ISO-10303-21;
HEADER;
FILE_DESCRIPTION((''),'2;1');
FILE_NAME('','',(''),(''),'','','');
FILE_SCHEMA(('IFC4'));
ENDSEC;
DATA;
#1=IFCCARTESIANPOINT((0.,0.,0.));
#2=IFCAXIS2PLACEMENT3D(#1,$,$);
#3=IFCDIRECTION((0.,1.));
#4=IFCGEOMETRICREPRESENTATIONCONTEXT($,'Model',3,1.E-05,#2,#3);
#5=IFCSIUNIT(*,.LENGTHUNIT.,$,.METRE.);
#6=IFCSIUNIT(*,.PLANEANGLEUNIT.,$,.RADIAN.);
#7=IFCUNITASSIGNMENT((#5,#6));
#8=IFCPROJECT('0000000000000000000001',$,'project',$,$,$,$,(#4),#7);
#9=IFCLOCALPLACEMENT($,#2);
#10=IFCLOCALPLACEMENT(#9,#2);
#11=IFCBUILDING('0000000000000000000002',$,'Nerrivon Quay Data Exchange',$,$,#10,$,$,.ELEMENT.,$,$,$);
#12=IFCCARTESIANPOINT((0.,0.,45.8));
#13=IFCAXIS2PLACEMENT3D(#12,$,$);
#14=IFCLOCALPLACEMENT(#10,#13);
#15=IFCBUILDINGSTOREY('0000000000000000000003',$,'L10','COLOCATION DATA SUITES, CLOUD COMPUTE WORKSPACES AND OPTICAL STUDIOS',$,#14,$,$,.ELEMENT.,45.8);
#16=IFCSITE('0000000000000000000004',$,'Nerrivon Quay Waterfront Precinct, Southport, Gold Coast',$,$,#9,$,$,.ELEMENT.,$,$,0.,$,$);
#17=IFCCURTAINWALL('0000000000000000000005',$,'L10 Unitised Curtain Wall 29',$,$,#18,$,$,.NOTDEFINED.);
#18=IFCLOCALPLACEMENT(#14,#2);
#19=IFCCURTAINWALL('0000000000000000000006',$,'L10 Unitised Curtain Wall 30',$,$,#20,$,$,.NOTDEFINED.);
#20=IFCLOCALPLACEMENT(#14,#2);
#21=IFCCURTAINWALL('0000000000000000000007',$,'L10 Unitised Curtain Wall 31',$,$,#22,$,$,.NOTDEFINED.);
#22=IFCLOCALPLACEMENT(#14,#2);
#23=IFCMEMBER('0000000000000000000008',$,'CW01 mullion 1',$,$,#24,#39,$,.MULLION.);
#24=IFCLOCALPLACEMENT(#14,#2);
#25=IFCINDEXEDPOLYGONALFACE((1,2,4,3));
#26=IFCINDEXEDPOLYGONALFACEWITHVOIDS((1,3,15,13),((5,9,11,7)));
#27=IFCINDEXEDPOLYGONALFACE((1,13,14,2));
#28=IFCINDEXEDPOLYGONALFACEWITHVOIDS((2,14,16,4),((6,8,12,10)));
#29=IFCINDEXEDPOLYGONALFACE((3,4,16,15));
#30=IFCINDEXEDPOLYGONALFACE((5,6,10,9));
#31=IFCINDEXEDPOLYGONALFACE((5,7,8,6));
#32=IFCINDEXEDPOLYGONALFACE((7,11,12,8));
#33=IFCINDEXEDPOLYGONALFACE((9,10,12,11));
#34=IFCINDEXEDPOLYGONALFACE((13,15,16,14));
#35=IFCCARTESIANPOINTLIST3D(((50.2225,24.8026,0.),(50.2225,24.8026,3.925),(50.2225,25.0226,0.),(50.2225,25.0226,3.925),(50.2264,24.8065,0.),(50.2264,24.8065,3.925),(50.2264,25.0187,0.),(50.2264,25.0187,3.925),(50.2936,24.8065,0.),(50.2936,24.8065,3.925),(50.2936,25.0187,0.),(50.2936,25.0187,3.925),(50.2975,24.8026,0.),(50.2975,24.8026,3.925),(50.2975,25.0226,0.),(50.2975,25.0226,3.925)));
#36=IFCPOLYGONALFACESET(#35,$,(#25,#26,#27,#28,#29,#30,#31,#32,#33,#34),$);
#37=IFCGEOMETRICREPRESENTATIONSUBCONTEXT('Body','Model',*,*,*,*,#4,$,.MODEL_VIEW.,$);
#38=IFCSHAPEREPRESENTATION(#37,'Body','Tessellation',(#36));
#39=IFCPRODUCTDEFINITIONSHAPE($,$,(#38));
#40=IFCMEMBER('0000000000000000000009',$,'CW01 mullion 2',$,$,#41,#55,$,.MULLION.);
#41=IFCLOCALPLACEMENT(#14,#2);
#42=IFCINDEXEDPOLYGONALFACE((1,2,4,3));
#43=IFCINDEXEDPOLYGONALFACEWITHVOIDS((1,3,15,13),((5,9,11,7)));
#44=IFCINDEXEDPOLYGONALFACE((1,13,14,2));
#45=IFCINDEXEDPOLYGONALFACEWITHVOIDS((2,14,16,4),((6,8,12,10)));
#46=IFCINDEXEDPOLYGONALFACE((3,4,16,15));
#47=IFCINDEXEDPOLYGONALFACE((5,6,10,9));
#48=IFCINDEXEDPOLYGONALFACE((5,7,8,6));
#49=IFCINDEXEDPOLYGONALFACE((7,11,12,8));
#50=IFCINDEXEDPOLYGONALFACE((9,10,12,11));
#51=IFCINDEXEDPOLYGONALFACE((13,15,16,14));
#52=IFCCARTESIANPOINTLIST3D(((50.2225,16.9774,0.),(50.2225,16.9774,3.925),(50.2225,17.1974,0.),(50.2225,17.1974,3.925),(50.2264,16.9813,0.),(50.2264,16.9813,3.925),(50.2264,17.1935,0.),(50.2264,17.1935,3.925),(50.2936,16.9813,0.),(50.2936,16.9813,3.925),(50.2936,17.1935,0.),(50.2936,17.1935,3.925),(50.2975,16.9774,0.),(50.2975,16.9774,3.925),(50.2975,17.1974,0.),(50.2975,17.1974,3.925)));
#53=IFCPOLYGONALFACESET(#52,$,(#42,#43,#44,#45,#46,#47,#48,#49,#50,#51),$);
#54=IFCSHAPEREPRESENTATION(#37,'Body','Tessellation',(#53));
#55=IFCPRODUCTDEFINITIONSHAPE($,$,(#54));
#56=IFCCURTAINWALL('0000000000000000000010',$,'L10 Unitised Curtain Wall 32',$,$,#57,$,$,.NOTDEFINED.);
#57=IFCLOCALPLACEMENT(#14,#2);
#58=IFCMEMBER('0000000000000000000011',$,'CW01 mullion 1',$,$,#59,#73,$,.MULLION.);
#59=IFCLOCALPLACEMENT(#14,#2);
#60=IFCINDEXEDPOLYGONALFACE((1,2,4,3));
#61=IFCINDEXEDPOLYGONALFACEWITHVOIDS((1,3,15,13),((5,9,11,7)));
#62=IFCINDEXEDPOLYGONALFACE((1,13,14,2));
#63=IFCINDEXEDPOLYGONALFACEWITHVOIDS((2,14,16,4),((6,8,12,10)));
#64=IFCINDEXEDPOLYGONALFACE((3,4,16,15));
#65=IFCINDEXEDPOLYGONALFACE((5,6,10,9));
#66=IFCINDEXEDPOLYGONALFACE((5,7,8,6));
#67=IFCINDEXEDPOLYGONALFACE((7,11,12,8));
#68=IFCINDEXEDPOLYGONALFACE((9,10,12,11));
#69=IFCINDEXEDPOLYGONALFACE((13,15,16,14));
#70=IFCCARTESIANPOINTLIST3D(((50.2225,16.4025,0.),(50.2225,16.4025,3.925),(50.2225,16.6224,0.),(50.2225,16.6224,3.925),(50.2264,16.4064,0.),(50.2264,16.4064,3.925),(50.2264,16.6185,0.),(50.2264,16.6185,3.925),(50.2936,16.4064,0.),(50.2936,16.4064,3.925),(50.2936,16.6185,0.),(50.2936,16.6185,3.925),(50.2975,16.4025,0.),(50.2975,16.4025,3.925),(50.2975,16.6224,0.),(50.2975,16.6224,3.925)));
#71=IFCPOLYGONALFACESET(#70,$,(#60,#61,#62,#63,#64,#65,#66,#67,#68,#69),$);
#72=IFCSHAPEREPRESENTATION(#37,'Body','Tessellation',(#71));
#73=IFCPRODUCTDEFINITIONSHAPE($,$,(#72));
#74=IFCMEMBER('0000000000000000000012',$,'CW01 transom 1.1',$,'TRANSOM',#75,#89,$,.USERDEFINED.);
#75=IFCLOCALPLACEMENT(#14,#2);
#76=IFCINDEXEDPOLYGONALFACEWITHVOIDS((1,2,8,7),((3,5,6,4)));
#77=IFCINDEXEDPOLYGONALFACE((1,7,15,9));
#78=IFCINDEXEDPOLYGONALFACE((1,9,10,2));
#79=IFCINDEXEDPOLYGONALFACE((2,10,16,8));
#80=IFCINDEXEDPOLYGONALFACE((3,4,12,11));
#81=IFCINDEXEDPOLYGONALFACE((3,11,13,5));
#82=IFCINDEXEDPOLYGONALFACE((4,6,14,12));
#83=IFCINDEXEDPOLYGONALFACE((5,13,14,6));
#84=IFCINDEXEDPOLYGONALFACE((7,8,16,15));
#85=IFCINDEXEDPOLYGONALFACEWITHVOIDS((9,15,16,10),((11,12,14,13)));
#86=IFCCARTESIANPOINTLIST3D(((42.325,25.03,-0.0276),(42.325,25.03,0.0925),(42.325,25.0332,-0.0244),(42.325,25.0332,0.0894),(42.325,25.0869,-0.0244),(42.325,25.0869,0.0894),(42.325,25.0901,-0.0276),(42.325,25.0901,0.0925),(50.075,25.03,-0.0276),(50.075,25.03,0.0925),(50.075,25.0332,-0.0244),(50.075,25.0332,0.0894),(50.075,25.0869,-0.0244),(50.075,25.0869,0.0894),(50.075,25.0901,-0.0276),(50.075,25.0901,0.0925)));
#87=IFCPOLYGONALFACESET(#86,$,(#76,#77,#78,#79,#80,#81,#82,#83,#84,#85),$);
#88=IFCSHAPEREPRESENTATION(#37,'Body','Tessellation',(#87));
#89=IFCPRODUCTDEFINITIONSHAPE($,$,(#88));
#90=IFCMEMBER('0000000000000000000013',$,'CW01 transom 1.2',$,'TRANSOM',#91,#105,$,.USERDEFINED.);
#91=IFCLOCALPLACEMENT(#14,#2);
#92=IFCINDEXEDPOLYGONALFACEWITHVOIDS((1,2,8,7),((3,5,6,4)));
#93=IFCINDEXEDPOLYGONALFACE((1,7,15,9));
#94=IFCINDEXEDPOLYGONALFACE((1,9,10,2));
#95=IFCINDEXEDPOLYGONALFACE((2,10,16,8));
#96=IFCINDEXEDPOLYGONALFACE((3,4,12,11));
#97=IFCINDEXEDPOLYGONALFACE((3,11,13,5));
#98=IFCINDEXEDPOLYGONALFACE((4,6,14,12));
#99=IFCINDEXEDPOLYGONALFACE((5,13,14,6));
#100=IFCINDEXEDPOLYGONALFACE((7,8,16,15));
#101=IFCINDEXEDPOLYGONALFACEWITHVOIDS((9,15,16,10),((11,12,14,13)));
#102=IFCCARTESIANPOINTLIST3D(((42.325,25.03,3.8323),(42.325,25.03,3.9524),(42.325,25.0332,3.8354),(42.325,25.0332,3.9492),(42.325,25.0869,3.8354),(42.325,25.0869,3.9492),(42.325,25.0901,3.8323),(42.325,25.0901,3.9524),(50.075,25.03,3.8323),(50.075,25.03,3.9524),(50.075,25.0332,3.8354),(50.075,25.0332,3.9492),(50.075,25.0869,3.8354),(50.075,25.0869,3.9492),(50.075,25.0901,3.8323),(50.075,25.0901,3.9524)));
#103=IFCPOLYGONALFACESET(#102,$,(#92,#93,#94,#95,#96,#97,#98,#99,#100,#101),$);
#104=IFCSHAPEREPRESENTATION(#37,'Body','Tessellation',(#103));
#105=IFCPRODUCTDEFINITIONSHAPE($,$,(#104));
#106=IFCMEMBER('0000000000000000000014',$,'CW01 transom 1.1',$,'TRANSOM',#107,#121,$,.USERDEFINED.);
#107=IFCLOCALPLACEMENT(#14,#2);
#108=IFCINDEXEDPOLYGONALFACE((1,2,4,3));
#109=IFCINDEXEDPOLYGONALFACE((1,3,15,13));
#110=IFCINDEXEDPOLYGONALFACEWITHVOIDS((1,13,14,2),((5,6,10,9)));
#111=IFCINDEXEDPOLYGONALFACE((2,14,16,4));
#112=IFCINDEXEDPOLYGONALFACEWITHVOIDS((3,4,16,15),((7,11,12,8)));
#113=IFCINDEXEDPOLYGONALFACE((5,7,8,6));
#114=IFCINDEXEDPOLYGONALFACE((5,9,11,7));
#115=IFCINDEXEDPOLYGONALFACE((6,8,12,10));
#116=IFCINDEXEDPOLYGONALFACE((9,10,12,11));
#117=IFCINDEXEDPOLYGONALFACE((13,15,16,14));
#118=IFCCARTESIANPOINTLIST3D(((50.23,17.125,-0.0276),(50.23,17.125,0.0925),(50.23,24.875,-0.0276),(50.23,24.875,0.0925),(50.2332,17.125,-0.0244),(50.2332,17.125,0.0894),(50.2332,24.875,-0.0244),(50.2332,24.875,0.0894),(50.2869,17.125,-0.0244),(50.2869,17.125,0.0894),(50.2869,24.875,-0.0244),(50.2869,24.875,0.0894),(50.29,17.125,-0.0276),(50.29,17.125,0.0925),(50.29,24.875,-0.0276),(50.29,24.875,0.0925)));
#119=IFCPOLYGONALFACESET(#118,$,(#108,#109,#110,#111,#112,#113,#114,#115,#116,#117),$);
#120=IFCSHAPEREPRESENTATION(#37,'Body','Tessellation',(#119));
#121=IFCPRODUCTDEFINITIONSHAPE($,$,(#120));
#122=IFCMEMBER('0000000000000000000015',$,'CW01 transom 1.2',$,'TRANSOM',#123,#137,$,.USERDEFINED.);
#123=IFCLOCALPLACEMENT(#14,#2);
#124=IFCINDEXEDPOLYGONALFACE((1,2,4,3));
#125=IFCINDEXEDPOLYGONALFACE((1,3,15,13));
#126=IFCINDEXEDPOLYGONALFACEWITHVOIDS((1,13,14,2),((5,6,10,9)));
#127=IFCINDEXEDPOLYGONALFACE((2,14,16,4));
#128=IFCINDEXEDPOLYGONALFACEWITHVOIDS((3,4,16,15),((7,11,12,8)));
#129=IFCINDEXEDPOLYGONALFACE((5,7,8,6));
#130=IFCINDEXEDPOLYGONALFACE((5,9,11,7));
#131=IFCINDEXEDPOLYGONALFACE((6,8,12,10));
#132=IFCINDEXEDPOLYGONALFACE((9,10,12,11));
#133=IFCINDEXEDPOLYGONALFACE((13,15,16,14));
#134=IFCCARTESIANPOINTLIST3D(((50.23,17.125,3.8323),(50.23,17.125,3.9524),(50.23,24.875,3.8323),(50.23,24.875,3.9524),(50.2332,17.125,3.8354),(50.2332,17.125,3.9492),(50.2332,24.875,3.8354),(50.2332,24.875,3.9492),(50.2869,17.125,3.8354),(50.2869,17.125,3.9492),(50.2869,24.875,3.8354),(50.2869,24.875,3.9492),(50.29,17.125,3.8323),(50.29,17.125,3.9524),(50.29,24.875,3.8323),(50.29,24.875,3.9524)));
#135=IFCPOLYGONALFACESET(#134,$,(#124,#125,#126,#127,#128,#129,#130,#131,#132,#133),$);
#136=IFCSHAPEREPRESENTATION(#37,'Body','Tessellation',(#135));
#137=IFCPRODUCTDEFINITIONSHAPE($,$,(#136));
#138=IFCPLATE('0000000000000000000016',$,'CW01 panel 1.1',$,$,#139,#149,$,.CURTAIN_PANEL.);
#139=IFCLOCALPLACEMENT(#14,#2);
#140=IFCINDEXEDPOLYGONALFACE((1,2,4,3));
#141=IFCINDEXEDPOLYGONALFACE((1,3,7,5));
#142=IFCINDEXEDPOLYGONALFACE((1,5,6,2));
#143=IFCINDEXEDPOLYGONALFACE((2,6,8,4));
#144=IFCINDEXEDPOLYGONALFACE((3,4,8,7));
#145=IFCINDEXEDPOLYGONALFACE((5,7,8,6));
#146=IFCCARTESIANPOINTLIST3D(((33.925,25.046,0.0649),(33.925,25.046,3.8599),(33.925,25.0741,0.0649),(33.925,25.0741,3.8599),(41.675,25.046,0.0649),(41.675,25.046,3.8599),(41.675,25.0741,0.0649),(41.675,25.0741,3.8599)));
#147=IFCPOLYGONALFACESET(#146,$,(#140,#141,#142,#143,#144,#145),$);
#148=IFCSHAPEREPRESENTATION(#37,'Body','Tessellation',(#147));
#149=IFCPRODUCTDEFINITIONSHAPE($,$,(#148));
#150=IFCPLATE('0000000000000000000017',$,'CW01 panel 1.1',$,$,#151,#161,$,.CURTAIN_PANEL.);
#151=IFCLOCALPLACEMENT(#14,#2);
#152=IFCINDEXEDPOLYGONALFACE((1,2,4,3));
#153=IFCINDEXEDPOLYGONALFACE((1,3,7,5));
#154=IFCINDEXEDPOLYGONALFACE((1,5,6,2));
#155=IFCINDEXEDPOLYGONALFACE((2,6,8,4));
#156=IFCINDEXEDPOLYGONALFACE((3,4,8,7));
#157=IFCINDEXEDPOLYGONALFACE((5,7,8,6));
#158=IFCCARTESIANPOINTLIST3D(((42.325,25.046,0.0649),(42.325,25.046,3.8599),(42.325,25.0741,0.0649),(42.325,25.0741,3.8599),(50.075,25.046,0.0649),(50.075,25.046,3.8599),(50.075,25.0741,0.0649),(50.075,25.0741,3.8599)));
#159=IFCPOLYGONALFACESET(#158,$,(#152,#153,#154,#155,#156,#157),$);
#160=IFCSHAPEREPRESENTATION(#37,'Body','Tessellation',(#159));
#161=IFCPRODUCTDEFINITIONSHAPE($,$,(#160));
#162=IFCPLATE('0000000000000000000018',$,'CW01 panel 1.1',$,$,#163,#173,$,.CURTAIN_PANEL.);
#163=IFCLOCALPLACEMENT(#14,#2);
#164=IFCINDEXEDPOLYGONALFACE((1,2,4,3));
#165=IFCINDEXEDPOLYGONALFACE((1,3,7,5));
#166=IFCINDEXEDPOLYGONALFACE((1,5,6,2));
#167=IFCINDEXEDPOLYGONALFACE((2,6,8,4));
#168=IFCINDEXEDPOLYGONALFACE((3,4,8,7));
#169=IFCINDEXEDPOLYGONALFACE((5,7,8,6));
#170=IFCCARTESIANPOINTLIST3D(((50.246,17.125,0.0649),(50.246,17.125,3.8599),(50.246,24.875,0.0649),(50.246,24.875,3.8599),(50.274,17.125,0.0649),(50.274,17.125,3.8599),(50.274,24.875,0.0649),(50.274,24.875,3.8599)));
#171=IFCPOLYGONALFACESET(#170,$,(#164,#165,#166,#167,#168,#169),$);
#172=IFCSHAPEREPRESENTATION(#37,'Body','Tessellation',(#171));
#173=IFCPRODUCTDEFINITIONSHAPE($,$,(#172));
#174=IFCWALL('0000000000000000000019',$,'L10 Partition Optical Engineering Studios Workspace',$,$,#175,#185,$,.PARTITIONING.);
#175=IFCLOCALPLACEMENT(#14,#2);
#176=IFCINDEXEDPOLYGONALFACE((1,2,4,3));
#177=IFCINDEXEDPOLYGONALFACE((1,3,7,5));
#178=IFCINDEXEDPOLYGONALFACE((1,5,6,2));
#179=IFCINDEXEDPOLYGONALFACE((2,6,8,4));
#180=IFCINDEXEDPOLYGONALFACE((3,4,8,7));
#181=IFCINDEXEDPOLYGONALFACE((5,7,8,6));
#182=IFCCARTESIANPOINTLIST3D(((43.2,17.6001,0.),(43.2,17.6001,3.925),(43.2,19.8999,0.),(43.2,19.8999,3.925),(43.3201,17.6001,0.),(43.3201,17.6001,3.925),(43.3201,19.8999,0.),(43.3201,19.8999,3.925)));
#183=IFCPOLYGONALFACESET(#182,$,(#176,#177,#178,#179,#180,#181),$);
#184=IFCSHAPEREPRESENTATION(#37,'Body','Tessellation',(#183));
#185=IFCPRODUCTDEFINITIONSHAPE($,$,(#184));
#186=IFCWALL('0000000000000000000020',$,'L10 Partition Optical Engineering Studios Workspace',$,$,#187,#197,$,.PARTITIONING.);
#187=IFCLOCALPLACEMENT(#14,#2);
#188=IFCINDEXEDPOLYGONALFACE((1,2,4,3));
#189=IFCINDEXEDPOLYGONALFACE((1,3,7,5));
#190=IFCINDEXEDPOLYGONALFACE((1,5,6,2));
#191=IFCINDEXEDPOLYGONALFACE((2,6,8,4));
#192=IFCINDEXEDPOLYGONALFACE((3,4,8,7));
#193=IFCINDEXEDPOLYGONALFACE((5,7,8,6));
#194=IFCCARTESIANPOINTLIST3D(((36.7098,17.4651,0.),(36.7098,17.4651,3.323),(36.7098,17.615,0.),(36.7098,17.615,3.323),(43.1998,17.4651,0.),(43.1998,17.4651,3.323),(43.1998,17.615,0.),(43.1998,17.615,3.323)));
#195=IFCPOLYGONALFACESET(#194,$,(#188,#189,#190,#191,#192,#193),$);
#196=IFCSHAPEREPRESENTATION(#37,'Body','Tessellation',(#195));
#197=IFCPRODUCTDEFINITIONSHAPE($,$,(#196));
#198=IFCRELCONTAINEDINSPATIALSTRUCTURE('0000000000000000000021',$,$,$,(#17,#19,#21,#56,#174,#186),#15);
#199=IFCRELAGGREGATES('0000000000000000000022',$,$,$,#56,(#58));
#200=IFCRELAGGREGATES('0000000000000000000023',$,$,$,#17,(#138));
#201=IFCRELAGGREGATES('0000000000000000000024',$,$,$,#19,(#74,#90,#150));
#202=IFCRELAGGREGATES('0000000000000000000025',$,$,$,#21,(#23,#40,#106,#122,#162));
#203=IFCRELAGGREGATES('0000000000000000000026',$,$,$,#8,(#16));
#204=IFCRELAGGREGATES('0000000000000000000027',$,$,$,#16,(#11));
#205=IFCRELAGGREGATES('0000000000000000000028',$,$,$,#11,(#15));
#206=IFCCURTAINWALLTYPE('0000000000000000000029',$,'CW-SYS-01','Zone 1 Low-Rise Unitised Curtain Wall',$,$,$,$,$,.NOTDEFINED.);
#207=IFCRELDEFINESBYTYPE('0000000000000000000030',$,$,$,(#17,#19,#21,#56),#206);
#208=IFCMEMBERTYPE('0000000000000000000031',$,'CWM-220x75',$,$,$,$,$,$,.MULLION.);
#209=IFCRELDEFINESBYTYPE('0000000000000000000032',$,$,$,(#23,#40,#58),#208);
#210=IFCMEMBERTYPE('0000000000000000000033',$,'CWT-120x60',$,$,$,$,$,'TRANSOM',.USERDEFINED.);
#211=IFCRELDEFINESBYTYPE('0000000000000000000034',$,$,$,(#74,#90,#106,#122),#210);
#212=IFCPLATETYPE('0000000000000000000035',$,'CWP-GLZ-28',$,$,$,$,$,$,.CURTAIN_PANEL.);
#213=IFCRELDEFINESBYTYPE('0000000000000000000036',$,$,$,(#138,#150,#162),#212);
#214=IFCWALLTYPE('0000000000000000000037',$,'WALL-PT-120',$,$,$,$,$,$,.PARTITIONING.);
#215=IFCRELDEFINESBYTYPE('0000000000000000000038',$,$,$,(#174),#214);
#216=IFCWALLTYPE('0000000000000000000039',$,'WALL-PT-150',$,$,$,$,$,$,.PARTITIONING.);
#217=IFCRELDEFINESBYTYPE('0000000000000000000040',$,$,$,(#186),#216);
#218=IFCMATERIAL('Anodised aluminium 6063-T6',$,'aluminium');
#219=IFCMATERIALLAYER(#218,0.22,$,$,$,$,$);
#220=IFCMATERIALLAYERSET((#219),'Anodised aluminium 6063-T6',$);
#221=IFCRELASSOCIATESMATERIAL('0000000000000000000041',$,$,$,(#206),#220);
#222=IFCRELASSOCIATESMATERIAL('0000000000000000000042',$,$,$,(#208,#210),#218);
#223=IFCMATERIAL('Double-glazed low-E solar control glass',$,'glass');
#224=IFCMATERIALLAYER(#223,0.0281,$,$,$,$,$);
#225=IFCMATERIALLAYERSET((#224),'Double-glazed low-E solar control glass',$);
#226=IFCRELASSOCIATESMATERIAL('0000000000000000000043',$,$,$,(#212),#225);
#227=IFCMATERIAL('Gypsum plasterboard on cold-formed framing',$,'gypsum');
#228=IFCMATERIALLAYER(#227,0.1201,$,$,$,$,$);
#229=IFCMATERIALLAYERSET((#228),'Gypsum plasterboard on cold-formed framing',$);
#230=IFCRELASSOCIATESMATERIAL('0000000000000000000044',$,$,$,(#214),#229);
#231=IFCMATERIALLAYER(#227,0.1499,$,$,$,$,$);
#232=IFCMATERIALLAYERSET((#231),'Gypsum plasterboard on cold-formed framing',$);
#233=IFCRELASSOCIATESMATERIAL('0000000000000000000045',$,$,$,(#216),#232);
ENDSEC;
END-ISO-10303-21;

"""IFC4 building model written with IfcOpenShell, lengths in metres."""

from ifc_helpers import new_model, si_unit, direction, frame, frame_2d, origin, origin_2d, place, context, subcontext, project, spatial, rectangle, hollow_rectangle, extrude, material, layer, layer_set, material_profile, profile_set, type_object, element, aggregate, save


model = new_model("IFC4")

# Units and contexts
model_context = context("Model", 3, precision=1e-05, world=origin(), true_north=direction((0.0, 1.0)))
body_context = subcontext(model_context, "Body", "Model", "MODEL_VIEW")
ifc_project = project(units=[si_unit("LENGTHUNIT", "METRE"), si_unit("PLANEANGLEUNIT", "RADIAN")], contexts=[model_context])

# Site, building, storey
site_placement = place(None, origin())
site = spatial("IfcSite", under=ifc_project, at=site_placement, Name="Nerrivon Quay Waterfront Precinct, Southport, Gold Coast", CompositionType="ELEMENT", RefElevation=0.0)
building_placement = place(site_placement, origin())
building = spatial("IfcBuilding", under=site, at=building_placement, Name="Nerrivon Quay Data Exchange", CompositionType="ELEMENT")
storey_placement = place(building_placement, frame((0.0, 0.0, 45.8)))
storey = spatial("IfcBuildingStorey", under=building, at=storey_placement, Name="L10", Description="COLOCATION DATA SUITES, CLOUD COMPUTE WORKSPACES AND OPTICAL STUDIOS", CompositionType="ELEMENT", Elevation=45.8)

# Curtain wall
ifc_material_1 = material(Name="Anodised aluminium 6063-T6", Category="aluminium")
ifc_layer_1 = layer(ifc_material_1, 0.22)
ifc_layer_set_1 = layer_set([ifc_layer_1], Name="Anodised aluminium 6063-T6")
curtain_wall_type = type_object("IfcCurtainWallType", Name="CW-SYS-01", Description="Zone 1 Low-Rise Unitised Curtain Wall", PredefinedType="NOTDEFINED", material=ifc_layer_set_1)
curtain_wall_1_placement = place(storey_placement, origin())
curtain_wall_1 = element("IfcCurtainWall", 1, at=curtain_wall_1_placement, inside=storey, type_object=curtain_wall_type, Name="L10 Unitised Curtain Wall 29", PredefinedType="NOTDEFINED")
ifc_material_profile_1 = material_profile(ifc_material_1, hollow_rectangle(XDim=0.075, YDim=0.22, WallThickness=0.0039, at=origin_2d()), Name="ALU-MULL-220x75")
ifc_profile_set_1 = profile_set([ifc_material_profile_1], Name="Anodised aluminium 6063-T6")
member_type_1 = type_object("IfcMemberType", Name="CWM-220x75", PredefinedType="MULLION", material=ifc_profile_set_1)

# Curtain walls, members
curtain_wall_2_placement = place(storey_placement, origin())
curtain_wall_2 = element("IfcCurtainWall", 2, at=curtain_wall_2_placement, inside=storey, type_object=curtain_wall_type, Name="L10 Unitised Curtain Wall 30", PredefinedType="NOTDEFINED")
curtain_wall_3_placement = place(storey_placement, origin())
curtain_wall_3 = element("IfcCurtainWall", 3, at=curtain_wall_3_placement, inside=storey, type_object=curtain_wall_type, Name="L10 Unitised Curtain Wall 31", PredefinedType="NOTDEFINED")
member_1_placement = place(storey_placement, frame((50.26, 24.9126, 0.0), z_axis=(0.0, 0.0, 1.0), x_axis=(1.0, 0.0, 0.0)))
member_1 = element("IfcMember", 4, at=member_1_placement, type_object=member_type_1, Name="CW01 mullion 1", PredefinedType="MULLION", context=body_context, shape_type="SweptSolid", body=[
    extrude(hollow_rectangle(XDim=0.075, YDim=0.22, WallThickness=0.0039, at=origin_2d()), origin(), (0.0, 0.0, 1.0), 3.925),
])
member_2_placement = place(storey_placement, frame((50.26, 17.0874, 0.0), z_axis=(0.0, 0.0, 1.0), x_axis=(1.0, 0.0, 0.0)))
member_2 = element("IfcMember", 5, at=member_2_placement, type_object=member_type_1, Name="CW01 mullion 2", PredefinedType="MULLION", context=body_context, shape_type="SweptSolid", body=[
    extrude(hollow_rectangle(XDim=0.075, YDim=0.22, WallThickness=0.0039, at=origin_2d()), origin(), (0.0, 0.0, 1.0), 3.925),
])

# Curtain wall, member
curtain_wall_4_placement = place(storey_placement, origin())
curtain_wall_4 = element("IfcCurtainWall", 6, at=curtain_wall_4_placement, inside=storey, type_object=curtain_wall_type, Name="L10 Unitised Curtain Wall 32", PredefinedType="NOTDEFINED")
member_3_placement = place(storey_placement, frame((50.26, 16.5125, 0.0), z_axis=(0.0, 0.0, 1.0), x_axis=(1.0, 0.0, 0.0)))
member_3 = element("IfcMember", 7, at=member_3_placement, type_object=member_type_1, Name="CW01 mullion 1", PredefinedType="MULLION", context=body_context, shape_type="SweptSolid", body=[
    extrude(hollow_rectangle(XDim=0.075, YDim=0.22, WallThickness=0.0039, at=origin_2d()), origin(), (0.0, 0.0, 1.0), 3.925),
])
aggregate(curtain_wall_4, [member_3])

# Members
ifc_material_profile_2 = material_profile(ifc_material_1, hollow_rectangle(XDim=0.0601, YDim=0.1201, WallThickness=0.0032, at=origin_2d()), Name="ALU-TRAN-120x60")
ifc_profile_set_2 = profile_set([ifc_material_profile_2], Name="Anodised aluminium 6063-T6")
member_type_2 = type_object("IfcMemberType", Name="CWT-120x60", ElementType="TRANSOM", PredefinedType="USERDEFINED", material=ifc_profile_set_2)
member_4_placement = place(storey_placement, frame((42.325, 25.0601, 0.0325), z_axis=(1.0, 0.0, 0.0), x_axis=(0.0, 1.0, 0.0)))
member_4 = element("IfcMember", 8, at=member_4_placement, type_object=member_type_2, Name="CW01 transom 1.1", ObjectType="TRANSOM", PredefinedType="USERDEFINED", context=body_context, shape_type="SweptSolid", body=[
    extrude(hollow_rectangle(XDim=0.0601, YDim=0.1201, WallThickness=0.0032, at=origin_2d()), origin(), (0.0, 0.0, 1.0), 7.75),
])
member_5_placement = place(storey_placement, frame((42.325, 25.0601, 3.8923), z_axis=(1.0, 0.0, 0.0), x_axis=(0.0, 1.0, 0.0)))
member_5 = element("IfcMember", 9, at=member_5_placement, type_object=member_type_2, Name="CW01 transom 1.2", ObjectType="TRANSOM", PredefinedType="USERDEFINED", context=body_context, shape_type="SweptSolid", body=[
    extrude(hollow_rectangle(XDim=0.0601, YDim=0.1201, WallThickness=0.0032, at=origin_2d()), origin(), (0.0, 0.0, 1.0), 7.75),
])
member_6_placement = place(storey_placement, frame((50.26, 24.875, 0.0325), z_axis=(0.0, -1.0, 0.0), x_axis=(1.0, 0.0, 0.0)))
member_6 = element("IfcMember", 10, at=member_6_placement, type_object=member_type_2, Name="CW01 transom 1.1", ObjectType="TRANSOM", PredefinedType="USERDEFINED", context=body_context, shape_type="SweptSolid", body=[
    extrude(hollow_rectangle(XDim=0.0601, YDim=0.1201, WallThickness=0.0032, at=origin_2d()), origin(), (0.0, 0.0, 1.0), 7.75),
])
member_7_placement = place(storey_placement, frame((50.26, 24.875, 3.8923), z_axis=(0.0, -1.0, 0.0), x_axis=(1.0, 0.0, 0.0)))
member_7 = element("IfcMember", 11, at=member_7_placement, type_object=member_type_2, Name="CW01 transom 1.2", ObjectType="TRANSOM", PredefinedType="USERDEFINED", context=body_context, shape_type="SweptSolid", body=[
    extrude(hollow_rectangle(XDim=0.0601, YDim=0.1201, WallThickness=0.0032, at=origin_2d()), origin(), (0.0, 0.0, 1.0), 7.75),
])

# Plates
ifc_material_2 = material(Name="Double-glazed low-E solar control glass", Category="glass")
ifc_layer_2 = layer(ifc_material_2, 0.0281)
ifc_layer_set_2 = layer_set([ifc_layer_2], Name="Double-glazed low-E solar control glass")
plate_type = type_object("IfcPlateType", Name="CWP-GLZ-28", PredefinedType="CURTAIN_PANEL", material=ifc_layer_set_2)
plate_1_placement = place(storey_placement, frame((37.8, 25.0601, 0.0649), z_axis=(0.0, 0.0, 1.0), x_axis=(1.0, 0.0, 0.0)))
plate_1 = element("IfcPlate", 12, at=plate_1_placement, type_object=plate_type, Name="CW01 panel 1.1", PredefinedType="CURTAIN_PANEL", context=body_context, shape_type="SweptSolid", body=[
    extrude(rectangle(XDim=7.75, YDim=0.0281, at=origin_2d()), origin(), (0.0, 0.0, 1.0), 3.7949),
])
aggregate(curtain_wall_1, [plate_1])
plate_2_placement = place(storey_placement, frame((46.2, 25.0601, 0.0649), z_axis=(0.0, 0.0, 1.0), x_axis=(1.0, 0.0, 0.0)))
plate_2 = element("IfcPlate", 13, at=plate_2_placement, type_object=plate_type, Name="CW01 panel 1.1", PredefinedType="CURTAIN_PANEL", context=body_context, shape_type="SweptSolid", body=[
    extrude(rectangle(XDim=7.75, YDim=0.0281, at=origin_2d()), origin(), (0.0, 0.0, 1.0), 3.7949),
])
aggregate(curtain_wall_2, [member_4, member_5, plate_2])
plate_3_placement = place(storey_placement, frame((50.26, 21.0, 0.0649), z_axis=(0.0, 0.0, 1.0), x_axis=(0.0, -1.0, 0.0)))
plate_3 = element("IfcPlate", 14, at=plate_3_placement, type_object=plate_type, Name="CW01 panel 1.1", PredefinedType="CURTAIN_PANEL", context=body_context, shape_type="SweptSolid", body=[
    extrude(rectangle(XDim=7.75, YDim=0.0281, at=origin_2d()), origin(), (0.0, 0.0, 1.0), 3.7949),
])
aggregate(curtain_wall_3, [member_1, member_2, member_6, member_7, plate_3])

# Walls
ifc_material_3 = material(Name="Gypsum plasterboard on cold-formed framing", Category="gypsum")
ifc_layer_3 = layer(ifc_material_3, 0.1201)
ifc_layer_set_3 = layer_set([ifc_layer_3], Name="Gypsum plasterboard on cold-formed framing")
wall_type_1 = type_object("IfcWallType", Name="WALL-PT-120", PredefinedType="PARTITIONING", material=ifc_layer_set_3)
wall_1_placement = place(storey_placement, frame((43.26, 19.8999, 0.0), z_axis=(0.0, 0.0, 1.0), x_axis=(0.0, -1.0, 0.0)))
element("IfcWall", 15, at=wall_1_placement, inside=storey, type_object=wall_type_1, Name="L10 Partition Optical Engineering Studios Workspace", PredefinedType="PARTITIONING", context=body_context, shape_type="SweptSolid", body=[
    extrude(rectangle(XDim=2.2998, YDim=0.1201, at=frame_2d((1.1499, 0.0))), origin(), (0.0, 0.0, 1.0), 3.925),
])
ifc_layer_4 = layer(ifc_material_3, 0.1499)
ifc_layer_set_4 = layer_set([ifc_layer_4], Name="Gypsum plasterboard on cold-formed framing")
wall_type_2 = type_object("IfcWallType", Name="WALL-PT-150", PredefinedType="PARTITIONING", material=ifc_layer_set_4)
wall_2_placement = place(storey_placement, frame((43.2, 17.54, 0.0), z_axis=(0.0, 0.0, 1.0), x_axis=(-1.0, 0.0, 0.0)))
element("IfcWall", 16, at=wall_2_placement, inside=storey, type_object=wall_type_2, Name="L10 Partition Optical Engineering Studios Workspace", PredefinedType="PARTITIONING", context=body_context, shape_type="SweptSolid", body=[
    extrude(rectangle(XDim=6.49, YDim=0.1499, at=frame_2d((3.2451, 0.0))), origin(), (0.0, 0.0, 1.0), 3.323),
])

save(model, "model.ifc")
